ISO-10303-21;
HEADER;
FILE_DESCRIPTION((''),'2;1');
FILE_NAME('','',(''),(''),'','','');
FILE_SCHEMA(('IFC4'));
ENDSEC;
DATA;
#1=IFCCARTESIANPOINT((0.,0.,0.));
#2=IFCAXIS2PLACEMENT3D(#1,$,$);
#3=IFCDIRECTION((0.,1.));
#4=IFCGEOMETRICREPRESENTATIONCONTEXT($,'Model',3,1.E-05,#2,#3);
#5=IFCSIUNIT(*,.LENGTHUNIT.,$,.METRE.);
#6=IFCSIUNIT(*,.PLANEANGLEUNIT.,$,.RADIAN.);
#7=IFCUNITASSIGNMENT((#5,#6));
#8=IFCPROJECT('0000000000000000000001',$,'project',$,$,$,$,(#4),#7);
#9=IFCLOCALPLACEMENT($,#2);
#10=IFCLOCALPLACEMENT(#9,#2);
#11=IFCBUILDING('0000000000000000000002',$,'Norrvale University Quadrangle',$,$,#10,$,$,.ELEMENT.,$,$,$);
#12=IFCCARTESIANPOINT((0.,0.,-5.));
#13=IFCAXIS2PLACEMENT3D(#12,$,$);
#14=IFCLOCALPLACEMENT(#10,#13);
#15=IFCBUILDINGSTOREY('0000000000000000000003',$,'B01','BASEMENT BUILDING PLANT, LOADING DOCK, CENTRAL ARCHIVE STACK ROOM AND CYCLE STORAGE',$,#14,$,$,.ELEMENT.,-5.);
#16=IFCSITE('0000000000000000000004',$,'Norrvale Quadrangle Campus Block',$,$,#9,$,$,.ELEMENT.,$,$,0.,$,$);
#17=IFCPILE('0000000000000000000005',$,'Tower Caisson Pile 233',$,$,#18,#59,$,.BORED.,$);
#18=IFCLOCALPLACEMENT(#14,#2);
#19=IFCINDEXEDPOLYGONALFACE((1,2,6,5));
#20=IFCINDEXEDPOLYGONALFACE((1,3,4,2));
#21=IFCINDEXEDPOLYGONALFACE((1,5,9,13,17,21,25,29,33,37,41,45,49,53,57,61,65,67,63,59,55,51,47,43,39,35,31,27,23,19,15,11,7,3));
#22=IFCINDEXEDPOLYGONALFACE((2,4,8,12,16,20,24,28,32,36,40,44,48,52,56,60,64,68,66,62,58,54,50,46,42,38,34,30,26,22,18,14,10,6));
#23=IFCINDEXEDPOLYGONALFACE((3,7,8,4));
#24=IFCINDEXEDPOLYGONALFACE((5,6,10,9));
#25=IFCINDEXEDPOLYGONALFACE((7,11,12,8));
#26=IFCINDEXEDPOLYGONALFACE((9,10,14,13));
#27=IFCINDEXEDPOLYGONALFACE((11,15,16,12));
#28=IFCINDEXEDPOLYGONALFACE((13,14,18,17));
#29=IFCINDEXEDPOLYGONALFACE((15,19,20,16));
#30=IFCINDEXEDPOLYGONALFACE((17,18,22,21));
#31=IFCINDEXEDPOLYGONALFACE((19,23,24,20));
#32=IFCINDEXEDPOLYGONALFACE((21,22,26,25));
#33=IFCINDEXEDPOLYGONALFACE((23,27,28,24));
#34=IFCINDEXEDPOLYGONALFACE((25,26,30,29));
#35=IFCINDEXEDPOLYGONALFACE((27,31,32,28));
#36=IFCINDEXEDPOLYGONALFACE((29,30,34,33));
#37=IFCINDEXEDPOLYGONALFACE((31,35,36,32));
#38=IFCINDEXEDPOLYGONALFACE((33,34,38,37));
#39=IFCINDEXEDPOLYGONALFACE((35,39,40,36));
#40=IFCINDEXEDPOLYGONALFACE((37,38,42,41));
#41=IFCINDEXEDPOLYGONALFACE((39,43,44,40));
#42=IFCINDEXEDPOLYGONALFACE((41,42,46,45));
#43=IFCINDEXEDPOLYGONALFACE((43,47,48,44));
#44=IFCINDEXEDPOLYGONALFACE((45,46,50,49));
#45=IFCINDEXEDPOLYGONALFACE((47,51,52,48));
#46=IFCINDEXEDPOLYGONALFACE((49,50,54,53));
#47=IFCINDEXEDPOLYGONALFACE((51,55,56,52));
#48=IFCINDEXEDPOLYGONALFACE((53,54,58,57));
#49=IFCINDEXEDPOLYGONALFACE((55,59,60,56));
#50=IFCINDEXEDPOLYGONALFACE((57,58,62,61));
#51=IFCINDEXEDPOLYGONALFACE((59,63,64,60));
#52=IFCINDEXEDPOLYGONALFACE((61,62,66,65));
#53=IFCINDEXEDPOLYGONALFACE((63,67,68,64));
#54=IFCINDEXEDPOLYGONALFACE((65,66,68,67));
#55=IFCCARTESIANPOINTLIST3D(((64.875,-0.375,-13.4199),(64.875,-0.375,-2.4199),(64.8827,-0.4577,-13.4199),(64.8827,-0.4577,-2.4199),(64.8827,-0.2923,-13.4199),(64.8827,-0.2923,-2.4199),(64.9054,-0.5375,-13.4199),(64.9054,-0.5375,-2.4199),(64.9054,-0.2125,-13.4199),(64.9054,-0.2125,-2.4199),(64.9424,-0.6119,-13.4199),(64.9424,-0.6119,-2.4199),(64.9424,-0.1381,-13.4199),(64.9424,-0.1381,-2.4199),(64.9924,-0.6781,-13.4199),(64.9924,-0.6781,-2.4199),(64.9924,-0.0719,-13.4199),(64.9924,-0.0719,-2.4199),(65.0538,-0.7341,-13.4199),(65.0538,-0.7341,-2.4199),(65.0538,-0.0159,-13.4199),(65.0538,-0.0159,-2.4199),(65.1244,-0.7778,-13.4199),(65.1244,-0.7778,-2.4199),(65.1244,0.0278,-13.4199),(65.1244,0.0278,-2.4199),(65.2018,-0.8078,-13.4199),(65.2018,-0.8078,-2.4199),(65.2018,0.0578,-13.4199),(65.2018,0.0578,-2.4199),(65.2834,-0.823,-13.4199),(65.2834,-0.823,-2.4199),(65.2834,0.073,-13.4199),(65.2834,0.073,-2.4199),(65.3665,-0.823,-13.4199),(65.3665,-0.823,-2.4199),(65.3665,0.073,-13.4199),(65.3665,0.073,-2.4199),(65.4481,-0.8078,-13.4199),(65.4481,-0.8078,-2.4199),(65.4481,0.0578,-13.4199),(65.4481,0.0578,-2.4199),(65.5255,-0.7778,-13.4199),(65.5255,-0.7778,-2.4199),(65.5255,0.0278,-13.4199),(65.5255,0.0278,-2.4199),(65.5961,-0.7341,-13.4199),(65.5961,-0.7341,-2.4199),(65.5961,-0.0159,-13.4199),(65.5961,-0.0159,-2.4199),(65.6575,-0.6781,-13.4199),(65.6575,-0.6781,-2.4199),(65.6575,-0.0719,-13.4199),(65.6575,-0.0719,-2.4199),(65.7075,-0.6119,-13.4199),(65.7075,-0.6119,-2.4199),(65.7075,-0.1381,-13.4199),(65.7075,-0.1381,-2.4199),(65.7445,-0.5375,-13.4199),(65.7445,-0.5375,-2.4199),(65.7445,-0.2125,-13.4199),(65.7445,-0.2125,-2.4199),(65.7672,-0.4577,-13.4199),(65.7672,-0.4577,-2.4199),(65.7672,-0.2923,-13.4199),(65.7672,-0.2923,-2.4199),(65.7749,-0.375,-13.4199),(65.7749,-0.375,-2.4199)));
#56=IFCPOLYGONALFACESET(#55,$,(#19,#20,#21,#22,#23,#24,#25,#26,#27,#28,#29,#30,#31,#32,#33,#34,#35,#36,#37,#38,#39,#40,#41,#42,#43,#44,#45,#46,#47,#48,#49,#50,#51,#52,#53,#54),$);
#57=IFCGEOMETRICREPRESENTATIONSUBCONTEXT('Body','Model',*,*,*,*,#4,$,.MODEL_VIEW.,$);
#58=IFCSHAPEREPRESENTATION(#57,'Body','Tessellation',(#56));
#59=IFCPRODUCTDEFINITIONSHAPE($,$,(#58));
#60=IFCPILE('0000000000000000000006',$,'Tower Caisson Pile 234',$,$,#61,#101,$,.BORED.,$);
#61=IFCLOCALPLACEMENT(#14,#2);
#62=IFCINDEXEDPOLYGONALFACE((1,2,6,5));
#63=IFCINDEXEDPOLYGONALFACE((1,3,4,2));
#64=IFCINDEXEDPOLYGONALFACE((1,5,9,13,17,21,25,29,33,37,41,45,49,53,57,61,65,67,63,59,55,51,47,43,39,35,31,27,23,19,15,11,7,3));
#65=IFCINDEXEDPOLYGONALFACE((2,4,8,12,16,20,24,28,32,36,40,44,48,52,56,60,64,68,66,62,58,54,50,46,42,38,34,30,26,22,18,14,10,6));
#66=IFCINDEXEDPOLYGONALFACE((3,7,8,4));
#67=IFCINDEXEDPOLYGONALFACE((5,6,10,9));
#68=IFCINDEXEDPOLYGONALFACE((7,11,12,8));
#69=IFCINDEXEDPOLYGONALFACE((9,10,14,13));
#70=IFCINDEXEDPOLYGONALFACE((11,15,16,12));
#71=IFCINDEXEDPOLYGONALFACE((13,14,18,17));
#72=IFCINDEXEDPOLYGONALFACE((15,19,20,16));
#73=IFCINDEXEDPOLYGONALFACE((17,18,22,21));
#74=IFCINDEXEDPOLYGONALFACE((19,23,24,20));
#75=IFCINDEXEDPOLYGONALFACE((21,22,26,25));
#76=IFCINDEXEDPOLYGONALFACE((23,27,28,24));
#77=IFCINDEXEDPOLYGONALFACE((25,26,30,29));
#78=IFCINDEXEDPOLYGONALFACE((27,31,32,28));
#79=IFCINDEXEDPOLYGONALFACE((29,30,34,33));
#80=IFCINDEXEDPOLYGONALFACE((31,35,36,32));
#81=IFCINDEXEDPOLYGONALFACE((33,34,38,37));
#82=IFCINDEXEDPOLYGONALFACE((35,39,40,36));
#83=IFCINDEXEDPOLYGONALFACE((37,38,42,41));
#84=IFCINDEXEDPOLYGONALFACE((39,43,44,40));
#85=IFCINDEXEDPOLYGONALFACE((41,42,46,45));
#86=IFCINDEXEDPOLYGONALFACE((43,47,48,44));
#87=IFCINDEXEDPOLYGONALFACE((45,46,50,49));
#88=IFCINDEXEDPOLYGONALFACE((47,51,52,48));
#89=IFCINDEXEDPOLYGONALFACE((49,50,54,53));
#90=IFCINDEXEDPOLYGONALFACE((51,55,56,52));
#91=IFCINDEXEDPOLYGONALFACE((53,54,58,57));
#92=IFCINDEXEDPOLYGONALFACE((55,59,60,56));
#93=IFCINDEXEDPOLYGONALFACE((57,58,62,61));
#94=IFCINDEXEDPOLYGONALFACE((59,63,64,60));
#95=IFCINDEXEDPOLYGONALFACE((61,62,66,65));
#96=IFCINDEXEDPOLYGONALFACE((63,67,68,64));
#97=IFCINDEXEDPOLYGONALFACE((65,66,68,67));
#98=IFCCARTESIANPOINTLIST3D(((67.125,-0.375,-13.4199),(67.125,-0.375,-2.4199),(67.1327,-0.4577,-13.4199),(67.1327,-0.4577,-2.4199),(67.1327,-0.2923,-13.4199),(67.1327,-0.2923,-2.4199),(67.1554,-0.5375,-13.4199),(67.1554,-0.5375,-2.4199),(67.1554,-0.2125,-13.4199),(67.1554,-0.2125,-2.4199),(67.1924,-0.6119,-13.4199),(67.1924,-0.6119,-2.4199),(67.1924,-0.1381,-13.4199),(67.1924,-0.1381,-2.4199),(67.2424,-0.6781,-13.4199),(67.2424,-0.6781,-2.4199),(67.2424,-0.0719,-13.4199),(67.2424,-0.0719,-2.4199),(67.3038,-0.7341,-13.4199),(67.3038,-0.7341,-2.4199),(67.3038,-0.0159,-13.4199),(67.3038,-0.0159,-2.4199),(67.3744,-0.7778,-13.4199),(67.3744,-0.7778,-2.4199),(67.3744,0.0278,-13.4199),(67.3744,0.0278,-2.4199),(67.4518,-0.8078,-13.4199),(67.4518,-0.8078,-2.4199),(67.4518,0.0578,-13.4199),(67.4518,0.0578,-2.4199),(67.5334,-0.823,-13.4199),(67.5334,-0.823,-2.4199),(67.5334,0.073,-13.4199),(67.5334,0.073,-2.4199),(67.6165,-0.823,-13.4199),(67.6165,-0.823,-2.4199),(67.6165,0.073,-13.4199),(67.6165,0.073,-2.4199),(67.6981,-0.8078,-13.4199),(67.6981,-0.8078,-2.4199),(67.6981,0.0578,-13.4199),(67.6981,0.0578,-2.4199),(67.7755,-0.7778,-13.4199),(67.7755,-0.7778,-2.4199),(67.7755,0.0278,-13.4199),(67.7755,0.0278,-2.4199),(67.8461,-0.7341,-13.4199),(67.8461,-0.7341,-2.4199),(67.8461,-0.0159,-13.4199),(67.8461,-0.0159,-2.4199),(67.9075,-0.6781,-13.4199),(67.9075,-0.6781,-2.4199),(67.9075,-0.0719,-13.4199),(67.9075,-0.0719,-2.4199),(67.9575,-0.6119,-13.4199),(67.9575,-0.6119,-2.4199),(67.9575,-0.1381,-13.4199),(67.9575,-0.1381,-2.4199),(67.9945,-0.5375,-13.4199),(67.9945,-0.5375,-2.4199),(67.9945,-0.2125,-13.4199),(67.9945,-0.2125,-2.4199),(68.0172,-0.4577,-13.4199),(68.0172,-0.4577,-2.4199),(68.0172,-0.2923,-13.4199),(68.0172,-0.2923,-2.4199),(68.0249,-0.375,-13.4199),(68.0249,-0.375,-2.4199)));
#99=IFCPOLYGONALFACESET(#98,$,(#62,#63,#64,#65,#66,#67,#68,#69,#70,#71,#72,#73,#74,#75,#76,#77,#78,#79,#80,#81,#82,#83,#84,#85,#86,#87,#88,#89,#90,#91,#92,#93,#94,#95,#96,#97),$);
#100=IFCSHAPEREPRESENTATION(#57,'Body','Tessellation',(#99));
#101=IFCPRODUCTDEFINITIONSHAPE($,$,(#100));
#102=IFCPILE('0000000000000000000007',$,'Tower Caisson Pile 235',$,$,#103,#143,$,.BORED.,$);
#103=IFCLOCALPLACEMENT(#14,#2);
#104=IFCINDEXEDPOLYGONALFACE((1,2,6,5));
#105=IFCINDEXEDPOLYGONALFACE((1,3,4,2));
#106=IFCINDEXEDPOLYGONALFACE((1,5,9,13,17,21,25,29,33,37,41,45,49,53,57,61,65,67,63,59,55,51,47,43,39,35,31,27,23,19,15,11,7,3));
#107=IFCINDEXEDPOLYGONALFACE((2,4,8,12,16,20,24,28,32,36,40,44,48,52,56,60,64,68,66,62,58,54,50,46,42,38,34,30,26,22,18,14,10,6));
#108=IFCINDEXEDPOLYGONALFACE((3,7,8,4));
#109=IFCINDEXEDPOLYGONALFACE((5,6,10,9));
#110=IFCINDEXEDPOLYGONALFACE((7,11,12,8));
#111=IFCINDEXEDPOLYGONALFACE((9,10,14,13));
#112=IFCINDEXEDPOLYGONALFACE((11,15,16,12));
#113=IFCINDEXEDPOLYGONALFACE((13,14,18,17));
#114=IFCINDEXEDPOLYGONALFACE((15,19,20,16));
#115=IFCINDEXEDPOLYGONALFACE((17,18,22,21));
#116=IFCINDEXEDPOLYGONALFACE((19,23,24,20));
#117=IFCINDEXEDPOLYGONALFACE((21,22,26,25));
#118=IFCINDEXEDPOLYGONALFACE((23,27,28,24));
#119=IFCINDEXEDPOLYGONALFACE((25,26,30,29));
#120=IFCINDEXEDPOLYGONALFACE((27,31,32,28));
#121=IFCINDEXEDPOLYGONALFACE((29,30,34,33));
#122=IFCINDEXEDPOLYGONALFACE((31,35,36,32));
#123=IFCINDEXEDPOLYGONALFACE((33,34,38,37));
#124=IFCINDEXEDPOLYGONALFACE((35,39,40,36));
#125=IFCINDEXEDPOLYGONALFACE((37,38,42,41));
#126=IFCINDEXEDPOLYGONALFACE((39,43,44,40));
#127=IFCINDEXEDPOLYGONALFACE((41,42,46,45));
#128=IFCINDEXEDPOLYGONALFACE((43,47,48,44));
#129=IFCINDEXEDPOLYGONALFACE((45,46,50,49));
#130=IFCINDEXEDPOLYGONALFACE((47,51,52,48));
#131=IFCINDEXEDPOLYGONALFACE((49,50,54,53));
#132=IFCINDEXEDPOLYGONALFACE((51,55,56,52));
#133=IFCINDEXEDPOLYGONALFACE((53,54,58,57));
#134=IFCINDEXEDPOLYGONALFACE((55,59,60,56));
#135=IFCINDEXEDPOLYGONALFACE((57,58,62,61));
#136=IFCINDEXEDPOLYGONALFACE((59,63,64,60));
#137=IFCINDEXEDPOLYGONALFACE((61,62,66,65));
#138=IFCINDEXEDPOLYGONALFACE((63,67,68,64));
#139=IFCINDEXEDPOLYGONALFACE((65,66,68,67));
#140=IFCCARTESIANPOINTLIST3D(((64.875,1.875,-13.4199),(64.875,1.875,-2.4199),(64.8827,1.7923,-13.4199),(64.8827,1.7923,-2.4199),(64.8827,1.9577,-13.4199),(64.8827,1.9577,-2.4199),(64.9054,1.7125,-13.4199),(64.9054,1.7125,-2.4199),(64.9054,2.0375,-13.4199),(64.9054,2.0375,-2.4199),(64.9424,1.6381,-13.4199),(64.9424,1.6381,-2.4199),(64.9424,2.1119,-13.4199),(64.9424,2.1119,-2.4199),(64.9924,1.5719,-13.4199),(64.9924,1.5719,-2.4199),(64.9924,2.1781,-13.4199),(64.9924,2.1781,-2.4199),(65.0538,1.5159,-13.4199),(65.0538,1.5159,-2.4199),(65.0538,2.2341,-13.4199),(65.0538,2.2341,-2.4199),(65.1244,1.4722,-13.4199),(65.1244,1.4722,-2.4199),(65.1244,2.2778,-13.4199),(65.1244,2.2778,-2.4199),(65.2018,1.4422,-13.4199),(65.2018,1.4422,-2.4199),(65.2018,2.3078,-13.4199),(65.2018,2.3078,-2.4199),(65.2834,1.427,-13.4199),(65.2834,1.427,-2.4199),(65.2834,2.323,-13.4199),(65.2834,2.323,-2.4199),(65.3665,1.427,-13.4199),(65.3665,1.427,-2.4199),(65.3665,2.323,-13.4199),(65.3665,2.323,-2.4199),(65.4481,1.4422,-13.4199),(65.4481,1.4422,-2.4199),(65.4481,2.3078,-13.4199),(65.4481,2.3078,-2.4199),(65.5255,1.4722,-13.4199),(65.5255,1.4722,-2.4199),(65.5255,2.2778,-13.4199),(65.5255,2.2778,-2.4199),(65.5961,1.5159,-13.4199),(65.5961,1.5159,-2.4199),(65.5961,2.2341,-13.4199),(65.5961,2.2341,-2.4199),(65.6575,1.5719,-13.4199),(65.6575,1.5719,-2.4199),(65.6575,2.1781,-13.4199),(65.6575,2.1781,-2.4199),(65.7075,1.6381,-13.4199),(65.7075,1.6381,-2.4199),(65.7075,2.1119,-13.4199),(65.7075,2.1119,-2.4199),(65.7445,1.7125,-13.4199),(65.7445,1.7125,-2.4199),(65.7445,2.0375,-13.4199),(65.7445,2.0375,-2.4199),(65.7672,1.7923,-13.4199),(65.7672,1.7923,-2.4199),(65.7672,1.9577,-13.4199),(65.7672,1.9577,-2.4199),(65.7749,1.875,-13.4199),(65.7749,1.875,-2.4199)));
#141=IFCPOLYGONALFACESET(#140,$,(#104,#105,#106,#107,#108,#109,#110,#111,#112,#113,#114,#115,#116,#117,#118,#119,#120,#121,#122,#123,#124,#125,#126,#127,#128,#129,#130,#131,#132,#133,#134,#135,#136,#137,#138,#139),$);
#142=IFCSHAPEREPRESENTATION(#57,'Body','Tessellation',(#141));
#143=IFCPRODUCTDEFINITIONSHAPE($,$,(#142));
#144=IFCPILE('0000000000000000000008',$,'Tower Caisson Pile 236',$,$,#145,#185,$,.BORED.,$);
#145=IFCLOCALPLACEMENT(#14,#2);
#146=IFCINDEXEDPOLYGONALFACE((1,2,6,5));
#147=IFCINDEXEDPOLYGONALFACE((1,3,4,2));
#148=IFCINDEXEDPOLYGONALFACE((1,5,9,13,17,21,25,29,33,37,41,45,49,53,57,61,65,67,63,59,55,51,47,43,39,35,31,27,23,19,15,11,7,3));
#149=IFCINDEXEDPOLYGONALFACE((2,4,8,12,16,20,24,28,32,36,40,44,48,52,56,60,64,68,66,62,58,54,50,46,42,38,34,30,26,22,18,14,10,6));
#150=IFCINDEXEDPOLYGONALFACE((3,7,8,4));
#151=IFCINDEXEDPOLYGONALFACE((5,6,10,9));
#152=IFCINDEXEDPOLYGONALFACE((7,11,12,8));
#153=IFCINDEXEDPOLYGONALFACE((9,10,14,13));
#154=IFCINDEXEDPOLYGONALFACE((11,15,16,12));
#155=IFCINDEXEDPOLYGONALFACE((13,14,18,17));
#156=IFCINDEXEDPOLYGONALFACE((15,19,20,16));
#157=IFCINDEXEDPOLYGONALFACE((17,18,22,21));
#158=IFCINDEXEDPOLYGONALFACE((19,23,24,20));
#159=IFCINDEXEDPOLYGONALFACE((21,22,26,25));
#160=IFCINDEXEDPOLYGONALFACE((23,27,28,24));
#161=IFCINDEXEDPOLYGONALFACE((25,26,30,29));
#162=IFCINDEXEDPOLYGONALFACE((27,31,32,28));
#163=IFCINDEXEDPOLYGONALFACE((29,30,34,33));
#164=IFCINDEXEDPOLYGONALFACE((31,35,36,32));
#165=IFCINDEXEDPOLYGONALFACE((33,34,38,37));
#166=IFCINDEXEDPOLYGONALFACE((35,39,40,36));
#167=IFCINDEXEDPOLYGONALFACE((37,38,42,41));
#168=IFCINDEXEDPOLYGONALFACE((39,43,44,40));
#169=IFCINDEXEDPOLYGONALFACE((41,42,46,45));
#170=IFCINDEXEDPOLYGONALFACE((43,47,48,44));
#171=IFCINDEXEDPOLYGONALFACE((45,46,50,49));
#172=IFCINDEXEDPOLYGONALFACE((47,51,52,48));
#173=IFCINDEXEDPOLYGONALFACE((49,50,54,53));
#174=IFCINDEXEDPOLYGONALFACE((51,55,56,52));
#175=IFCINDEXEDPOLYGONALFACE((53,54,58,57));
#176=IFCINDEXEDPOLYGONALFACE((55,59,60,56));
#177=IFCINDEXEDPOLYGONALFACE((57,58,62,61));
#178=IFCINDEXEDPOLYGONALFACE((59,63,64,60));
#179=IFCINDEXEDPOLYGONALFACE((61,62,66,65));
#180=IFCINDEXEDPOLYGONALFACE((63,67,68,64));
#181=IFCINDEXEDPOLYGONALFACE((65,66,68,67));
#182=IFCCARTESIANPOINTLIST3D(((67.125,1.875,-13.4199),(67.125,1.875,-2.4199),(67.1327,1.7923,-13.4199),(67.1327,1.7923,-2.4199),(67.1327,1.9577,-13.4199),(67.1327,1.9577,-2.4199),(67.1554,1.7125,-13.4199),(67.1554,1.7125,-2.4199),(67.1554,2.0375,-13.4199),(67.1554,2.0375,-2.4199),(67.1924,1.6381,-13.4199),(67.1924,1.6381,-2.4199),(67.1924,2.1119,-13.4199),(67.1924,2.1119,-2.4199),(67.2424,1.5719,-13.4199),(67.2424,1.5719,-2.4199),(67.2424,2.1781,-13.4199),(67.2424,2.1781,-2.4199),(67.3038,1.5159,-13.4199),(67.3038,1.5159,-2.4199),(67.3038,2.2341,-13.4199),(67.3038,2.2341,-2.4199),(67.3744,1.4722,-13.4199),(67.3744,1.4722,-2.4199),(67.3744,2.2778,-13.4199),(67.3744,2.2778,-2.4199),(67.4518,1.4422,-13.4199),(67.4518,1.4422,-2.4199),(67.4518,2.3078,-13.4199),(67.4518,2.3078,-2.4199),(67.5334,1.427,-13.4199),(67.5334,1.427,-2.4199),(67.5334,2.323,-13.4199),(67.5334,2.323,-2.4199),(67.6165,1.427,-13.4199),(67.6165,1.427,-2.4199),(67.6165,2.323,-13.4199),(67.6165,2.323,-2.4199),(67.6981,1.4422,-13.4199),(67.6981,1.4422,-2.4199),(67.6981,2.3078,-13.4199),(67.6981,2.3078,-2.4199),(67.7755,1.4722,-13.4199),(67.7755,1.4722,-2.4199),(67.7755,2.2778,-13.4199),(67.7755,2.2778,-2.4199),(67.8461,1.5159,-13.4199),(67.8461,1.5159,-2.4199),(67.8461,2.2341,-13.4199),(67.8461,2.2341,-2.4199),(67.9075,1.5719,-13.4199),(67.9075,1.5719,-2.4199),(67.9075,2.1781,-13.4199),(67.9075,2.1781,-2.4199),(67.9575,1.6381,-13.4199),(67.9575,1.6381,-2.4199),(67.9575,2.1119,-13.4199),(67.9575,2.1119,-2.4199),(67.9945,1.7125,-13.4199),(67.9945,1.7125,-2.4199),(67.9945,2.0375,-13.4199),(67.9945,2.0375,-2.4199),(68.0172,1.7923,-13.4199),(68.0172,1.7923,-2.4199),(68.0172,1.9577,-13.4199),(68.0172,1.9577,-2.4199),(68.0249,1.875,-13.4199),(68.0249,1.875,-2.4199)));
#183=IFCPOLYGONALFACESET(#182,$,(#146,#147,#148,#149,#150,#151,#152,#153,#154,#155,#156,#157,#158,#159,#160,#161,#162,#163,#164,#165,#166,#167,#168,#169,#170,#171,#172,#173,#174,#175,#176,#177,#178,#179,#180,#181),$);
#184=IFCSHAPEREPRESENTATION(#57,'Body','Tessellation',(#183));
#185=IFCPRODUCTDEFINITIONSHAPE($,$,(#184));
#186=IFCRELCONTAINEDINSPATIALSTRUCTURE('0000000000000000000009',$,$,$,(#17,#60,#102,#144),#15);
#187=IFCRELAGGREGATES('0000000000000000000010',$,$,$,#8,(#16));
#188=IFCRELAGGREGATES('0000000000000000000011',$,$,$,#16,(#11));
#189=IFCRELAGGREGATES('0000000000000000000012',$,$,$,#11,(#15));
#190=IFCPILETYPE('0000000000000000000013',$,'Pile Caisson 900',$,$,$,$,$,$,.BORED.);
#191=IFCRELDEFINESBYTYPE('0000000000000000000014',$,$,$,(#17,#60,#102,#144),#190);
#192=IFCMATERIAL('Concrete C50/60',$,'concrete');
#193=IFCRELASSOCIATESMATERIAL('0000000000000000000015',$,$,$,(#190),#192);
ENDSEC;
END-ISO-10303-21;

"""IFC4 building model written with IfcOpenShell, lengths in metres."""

from ifc_helpers import new_model, si_unit, direction, frame, origin, origin_2d, place, context, subcontext, project, spatial, circle, extrude, material, material_profile, profile_set, type_object, element, save


model = new_model("IFC4")

# Units and contexts
model_context = context("Model", 3, precision=1e-05, world=origin(), true_north=direction((0.0, 1.0)))
body_context = subcontext(model_context, "Body", "Model", "MODEL_VIEW")
ifc_project = project(units=[si_unit("LENGTHUNIT", "METRE"), si_unit("PLANEANGLEUNIT", "RADIAN")], contexts=[model_context])

# Site, building, storey
site_placement = place(None, origin())
site = spatial("IfcSite", under=ifc_project, at=site_placement, Name="Norrvale Quadrangle Campus Block", CompositionType="ELEMENT", RefElevation=0.0)
building_placement = place(site_placement, origin())
building = spatial("IfcBuilding", under=site, at=building_placement, Name="Norrvale University Quadrangle", CompositionType="ELEMENT")
storey_placement = place(building_placement, frame((0.0, 0.0, -5.0)))
storey = spatial("IfcBuildingStorey", under=building, at=storey_placement, Name="B01", Description="BASEMENT BUILDING PLANT, LOADING DOCK, CENTRAL ARCHIVE STACK ROOM AND CYCLE STORAGE", CompositionType="ELEMENT", Elevation=-5.0)

# Shared definitions
ifc_material_1 = material(Name="Concrete C50/60", Category="concrete")

# Piles
ifc_material_profile_1 = material_profile(ifc_material_1, circle(Radius=0.45, at=origin_2d()), Name="Concrete C50/60")
ifc_profile_set_1 = profile_set([ifc_material_profile_1], Name="Concrete C50/60")
pile_type = type_object("IfcPileType", Name="Pile Caisson 900", PredefinedType="BORED", material=ifc_profile_set_1)
for number, where, z_axis, x_axis, name in (
    (1, (65.325, -0.375, -2.4199), (0.0, 0.0, -1.0), (1.0, 0.0, 0.0), "Tower Caisson Pile 233"),
    (2, (67.575, -0.375, -2.4199), (0.0, 0.0, -1.0), (1.0, 0.0, 0.0), "Tower Caisson Pile 234"),
    (3, (65.325, 1.875, -2.4199), (0.0, 0.0, -1.0), (1.0, 0.0, 0.0), "Tower Caisson Pile 235"),
    (4, (67.575, 1.875, -2.4199), (0.0, 0.0, -1.0), (1.0, 0.0, 0.0), "Tower Caisson Pile 236"),
):
    element("IfcPile", number, at=place(storey_placement, frame(where, z_axis=z_axis, x_axis=x_axis)), inside=storey, type_object=pile_type, Name=name, PredefinedType="BORED", context=body_context, shape_type="SweptSolid", body=[
        extrude(circle(Radius=0.45, at=origin_2d()), origin(), (0.0, 0.0, 1.0), 11.0),
    ])

save(model, "model.ifc")
